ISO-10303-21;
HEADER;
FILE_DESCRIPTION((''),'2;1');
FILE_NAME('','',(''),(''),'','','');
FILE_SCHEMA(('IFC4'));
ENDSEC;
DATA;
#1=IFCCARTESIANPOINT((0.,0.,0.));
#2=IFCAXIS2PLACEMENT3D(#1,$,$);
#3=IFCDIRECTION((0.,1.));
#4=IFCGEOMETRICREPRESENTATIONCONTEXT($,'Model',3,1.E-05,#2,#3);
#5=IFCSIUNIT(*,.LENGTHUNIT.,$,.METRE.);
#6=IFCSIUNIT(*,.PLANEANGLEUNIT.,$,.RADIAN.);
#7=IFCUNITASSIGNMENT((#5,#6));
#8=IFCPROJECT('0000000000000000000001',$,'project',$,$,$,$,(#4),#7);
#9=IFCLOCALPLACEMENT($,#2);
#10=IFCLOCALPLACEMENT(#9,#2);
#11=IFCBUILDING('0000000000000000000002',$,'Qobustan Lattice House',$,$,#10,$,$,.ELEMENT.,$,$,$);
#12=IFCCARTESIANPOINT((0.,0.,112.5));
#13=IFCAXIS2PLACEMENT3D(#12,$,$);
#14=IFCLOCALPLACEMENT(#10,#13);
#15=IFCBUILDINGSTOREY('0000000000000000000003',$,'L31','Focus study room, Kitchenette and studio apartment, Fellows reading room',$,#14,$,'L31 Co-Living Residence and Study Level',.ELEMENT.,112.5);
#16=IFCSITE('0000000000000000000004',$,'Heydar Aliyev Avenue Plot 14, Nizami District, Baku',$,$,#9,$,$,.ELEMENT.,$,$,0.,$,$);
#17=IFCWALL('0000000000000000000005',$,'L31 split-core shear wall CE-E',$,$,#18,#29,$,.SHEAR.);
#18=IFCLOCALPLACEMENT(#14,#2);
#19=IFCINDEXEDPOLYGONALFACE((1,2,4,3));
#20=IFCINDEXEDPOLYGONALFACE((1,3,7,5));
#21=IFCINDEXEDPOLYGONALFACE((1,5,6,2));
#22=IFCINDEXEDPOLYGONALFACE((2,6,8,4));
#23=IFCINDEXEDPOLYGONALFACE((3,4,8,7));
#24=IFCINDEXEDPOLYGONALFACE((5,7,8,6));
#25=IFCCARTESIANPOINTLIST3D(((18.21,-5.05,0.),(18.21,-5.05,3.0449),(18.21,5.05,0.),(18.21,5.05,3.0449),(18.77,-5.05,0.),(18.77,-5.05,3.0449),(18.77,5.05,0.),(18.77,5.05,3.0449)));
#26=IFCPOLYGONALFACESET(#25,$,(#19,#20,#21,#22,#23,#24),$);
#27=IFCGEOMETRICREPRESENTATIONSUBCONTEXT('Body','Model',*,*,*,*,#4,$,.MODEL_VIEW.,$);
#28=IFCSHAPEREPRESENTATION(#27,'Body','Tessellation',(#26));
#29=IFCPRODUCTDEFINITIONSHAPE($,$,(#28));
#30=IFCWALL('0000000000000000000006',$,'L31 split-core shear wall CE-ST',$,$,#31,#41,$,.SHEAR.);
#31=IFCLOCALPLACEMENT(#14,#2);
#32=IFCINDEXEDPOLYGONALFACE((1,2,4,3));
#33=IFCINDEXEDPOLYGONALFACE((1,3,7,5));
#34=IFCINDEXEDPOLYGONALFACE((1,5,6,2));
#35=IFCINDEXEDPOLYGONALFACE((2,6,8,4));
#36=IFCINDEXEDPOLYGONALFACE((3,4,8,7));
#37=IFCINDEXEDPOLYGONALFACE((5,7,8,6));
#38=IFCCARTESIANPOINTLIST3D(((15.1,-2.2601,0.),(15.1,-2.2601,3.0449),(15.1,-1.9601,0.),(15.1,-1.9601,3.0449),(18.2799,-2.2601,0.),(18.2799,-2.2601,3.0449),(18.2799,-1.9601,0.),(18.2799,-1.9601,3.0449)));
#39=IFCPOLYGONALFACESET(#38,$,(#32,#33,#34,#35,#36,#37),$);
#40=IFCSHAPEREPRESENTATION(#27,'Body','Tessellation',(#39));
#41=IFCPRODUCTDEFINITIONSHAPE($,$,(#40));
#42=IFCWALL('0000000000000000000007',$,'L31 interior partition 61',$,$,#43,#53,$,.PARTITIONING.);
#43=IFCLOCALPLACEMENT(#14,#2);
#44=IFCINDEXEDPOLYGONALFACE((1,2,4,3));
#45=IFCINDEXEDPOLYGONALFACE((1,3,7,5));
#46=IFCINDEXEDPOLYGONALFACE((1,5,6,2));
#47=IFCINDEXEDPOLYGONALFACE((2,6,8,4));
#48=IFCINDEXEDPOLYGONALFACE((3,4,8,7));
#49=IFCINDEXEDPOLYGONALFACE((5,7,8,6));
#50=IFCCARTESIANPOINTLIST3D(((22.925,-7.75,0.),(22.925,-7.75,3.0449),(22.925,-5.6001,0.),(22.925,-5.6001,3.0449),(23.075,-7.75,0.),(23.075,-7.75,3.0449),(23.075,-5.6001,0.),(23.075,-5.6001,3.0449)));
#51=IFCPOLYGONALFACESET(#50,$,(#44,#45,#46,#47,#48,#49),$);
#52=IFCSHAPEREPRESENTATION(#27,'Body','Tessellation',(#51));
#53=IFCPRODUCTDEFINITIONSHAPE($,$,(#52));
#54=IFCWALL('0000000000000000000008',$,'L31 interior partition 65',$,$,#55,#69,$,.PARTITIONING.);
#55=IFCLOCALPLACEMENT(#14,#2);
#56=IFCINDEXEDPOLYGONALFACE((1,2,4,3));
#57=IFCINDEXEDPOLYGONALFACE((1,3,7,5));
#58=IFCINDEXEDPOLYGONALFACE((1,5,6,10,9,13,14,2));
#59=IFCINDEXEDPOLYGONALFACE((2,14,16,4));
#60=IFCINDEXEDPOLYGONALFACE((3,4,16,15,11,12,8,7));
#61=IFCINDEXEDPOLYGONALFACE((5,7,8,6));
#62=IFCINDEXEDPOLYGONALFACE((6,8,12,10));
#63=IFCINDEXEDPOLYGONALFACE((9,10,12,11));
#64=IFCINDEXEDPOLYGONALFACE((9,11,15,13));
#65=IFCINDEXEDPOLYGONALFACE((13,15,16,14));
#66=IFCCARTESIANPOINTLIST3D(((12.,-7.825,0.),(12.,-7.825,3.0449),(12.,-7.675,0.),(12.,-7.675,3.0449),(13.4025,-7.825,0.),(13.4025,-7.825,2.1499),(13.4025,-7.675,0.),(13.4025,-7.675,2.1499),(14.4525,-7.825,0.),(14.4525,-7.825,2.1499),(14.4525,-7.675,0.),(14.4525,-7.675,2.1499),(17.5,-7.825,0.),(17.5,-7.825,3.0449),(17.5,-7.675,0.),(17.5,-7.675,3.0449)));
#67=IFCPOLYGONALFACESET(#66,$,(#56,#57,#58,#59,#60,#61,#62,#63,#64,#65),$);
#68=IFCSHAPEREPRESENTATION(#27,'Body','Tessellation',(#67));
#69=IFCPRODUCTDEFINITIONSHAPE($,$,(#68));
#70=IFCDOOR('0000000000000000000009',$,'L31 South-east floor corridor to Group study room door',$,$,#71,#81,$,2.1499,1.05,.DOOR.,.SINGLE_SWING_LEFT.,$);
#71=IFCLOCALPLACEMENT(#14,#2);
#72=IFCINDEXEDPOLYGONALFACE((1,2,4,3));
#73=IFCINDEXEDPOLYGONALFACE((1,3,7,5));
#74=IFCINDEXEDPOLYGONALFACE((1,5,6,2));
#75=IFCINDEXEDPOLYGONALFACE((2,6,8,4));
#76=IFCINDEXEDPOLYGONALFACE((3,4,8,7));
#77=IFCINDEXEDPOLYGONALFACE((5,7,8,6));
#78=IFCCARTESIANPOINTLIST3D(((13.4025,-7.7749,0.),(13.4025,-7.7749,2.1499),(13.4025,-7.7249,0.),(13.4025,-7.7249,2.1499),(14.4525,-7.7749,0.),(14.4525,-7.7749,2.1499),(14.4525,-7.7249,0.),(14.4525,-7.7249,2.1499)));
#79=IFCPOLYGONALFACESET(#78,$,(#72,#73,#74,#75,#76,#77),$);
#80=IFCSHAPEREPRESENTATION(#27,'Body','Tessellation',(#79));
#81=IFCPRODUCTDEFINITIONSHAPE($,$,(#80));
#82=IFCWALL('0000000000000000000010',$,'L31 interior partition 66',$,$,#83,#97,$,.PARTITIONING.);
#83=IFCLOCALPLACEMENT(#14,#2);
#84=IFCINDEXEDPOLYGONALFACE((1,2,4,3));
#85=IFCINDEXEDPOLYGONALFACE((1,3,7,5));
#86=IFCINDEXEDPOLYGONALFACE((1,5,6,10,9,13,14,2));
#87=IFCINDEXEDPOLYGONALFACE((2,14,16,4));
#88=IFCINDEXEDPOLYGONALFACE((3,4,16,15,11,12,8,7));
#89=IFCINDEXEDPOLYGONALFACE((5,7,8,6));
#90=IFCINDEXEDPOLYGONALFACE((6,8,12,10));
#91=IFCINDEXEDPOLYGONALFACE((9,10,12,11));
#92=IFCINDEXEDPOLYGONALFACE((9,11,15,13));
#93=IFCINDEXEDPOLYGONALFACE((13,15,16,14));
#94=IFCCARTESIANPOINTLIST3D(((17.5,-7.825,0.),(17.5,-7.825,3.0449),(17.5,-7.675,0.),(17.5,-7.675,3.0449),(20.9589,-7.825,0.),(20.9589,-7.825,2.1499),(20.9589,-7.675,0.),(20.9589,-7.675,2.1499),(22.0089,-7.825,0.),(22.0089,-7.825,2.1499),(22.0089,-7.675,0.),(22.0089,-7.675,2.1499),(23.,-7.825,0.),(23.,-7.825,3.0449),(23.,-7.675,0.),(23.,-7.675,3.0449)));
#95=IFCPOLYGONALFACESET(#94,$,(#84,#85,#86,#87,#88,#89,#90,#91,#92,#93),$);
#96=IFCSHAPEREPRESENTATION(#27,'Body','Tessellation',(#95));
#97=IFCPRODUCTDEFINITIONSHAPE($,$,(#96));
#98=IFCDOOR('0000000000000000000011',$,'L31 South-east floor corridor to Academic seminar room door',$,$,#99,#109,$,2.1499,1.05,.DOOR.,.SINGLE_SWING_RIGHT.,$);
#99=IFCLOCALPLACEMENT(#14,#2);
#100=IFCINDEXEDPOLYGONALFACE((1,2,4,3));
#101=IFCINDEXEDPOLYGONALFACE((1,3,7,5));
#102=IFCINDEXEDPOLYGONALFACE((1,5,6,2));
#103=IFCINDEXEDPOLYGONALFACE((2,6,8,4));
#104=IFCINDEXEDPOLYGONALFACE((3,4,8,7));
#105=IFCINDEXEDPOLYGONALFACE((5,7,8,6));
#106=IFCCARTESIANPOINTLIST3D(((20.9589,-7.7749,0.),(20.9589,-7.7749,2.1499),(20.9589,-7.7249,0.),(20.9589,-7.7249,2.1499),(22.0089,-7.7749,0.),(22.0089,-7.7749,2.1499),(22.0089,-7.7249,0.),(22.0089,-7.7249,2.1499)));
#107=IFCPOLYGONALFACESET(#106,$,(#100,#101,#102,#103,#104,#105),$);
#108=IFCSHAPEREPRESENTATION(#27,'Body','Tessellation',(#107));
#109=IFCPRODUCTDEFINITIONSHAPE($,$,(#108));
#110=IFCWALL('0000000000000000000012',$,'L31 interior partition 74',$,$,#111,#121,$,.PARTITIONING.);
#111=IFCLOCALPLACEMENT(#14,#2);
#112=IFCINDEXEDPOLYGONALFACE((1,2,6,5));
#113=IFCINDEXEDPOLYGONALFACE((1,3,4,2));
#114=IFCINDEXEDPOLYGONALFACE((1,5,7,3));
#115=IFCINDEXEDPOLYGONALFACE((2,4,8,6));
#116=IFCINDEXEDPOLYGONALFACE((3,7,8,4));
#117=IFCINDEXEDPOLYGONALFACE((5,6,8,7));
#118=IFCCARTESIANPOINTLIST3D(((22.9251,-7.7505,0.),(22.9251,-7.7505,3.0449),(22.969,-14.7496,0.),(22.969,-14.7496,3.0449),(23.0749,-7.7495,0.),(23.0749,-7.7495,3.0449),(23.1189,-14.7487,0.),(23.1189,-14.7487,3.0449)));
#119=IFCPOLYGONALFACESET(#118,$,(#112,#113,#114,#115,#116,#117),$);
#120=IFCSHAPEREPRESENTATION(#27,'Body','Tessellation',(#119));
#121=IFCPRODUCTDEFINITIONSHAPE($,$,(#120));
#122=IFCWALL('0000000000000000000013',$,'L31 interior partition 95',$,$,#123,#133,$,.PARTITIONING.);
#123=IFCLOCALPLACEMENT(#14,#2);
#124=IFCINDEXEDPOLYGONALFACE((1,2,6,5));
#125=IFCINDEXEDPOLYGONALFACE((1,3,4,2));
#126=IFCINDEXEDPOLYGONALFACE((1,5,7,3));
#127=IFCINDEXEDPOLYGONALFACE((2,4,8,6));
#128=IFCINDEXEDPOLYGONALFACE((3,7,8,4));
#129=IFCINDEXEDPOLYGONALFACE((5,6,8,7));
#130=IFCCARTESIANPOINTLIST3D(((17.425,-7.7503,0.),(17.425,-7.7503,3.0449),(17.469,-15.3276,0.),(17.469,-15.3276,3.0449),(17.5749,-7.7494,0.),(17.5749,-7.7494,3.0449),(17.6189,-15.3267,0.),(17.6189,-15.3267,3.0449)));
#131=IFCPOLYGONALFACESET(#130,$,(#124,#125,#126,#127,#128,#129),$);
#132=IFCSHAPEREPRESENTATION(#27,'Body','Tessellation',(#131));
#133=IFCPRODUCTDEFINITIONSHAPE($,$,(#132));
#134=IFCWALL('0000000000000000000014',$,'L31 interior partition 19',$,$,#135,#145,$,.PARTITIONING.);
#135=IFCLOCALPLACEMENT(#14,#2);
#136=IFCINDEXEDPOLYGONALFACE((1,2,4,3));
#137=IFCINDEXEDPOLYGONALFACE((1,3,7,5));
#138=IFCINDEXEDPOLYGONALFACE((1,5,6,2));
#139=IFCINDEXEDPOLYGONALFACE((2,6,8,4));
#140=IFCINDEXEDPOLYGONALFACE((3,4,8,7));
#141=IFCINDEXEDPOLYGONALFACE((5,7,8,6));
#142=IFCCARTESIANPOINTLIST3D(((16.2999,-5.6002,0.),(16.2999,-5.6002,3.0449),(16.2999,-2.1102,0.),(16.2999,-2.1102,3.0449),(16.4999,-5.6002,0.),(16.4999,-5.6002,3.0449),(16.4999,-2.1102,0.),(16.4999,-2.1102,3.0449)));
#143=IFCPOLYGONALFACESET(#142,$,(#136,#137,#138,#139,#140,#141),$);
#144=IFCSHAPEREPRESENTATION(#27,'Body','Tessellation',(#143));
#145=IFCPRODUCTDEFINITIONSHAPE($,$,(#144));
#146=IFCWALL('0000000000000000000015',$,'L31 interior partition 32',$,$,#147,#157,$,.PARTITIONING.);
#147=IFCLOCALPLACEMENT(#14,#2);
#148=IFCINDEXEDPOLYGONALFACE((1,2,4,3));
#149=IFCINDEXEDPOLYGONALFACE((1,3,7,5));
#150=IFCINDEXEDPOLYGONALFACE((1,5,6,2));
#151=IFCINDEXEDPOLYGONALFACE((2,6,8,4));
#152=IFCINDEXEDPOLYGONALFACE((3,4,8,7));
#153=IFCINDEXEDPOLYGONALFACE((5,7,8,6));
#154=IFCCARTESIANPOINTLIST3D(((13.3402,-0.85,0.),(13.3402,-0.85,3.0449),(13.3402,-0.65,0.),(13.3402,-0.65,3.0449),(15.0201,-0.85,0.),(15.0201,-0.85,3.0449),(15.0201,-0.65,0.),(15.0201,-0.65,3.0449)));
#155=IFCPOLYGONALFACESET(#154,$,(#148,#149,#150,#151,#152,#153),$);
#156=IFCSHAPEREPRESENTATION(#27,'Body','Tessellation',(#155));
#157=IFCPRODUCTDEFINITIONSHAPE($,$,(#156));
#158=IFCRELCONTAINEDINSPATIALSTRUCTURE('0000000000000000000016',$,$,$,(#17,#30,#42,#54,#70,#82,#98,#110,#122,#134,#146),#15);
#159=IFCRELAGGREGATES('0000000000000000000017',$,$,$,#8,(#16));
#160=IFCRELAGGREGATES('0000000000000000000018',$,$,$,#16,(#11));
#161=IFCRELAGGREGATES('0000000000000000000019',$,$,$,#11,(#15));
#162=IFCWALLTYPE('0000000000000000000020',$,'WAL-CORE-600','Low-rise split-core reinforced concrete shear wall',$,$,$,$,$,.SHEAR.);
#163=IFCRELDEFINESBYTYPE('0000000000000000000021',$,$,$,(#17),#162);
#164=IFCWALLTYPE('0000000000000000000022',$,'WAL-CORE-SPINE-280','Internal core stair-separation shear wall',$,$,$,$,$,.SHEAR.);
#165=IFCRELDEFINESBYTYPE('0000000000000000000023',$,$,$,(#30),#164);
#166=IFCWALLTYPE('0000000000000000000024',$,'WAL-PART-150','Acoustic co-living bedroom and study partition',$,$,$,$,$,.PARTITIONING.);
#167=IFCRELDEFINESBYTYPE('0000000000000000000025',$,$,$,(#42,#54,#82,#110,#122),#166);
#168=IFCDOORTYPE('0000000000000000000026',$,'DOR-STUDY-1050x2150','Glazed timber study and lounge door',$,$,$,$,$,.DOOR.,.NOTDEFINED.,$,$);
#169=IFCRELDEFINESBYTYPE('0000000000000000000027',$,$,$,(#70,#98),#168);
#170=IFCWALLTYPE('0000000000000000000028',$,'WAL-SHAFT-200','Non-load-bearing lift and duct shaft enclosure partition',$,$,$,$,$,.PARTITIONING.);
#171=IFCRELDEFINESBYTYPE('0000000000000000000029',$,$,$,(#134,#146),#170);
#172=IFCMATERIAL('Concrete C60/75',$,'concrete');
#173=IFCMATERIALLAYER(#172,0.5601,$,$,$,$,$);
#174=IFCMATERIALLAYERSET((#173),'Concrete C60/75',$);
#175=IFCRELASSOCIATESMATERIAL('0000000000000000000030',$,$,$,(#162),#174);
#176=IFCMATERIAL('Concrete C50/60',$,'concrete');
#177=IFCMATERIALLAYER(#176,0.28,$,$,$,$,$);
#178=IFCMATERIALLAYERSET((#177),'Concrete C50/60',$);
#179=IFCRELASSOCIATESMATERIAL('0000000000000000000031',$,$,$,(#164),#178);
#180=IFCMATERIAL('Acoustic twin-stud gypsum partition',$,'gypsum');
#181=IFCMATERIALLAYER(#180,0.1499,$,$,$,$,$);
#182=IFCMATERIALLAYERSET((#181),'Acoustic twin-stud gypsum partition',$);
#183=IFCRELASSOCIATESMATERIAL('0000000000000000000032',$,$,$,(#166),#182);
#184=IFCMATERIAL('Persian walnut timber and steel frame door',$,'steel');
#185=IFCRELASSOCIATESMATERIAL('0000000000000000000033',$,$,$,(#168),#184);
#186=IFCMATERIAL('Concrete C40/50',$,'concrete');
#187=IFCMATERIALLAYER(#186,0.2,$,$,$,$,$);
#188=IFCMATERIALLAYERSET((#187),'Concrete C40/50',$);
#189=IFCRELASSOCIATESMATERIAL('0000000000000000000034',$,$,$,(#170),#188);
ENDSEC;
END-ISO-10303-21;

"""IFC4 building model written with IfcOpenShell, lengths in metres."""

from ifc_helpers import new_model, si_unit, direction, frame, frame_2d, origin, place, context, subcontext, project, spatial, rectangle, extrude, material, layer, layer_set, type_object, element, fill, save


model = new_model("IFC4")

# Units and contexts
model_context = context("Model", 3, precision=1e-05, world=origin(), true_north=direction((0.0, 1.0)))
body_context = subcontext(model_context, "Body", "Model", "MODEL_VIEW")
ifc_project = project(units=[si_unit("LENGTHUNIT", "METRE"), si_unit("PLANEANGLEUNIT", "RADIAN")], contexts=[model_context])

# Site, building, storey
site_placement = place(None, origin())
site = spatial("IfcSite", under=ifc_project, at=site_placement, Name="Heydar Aliyev Avenue Plot 14, Nizami District, Baku", CompositionType="ELEMENT", RefElevation=0.0)
building_placement = place(site_placement, origin())
building = spatial("IfcBuilding", under=site, at=building_placement, Name="Qobustan Lattice House", CompositionType="ELEMENT")
storey_placement = place(building_placement, frame((0.0, 0.0, 112.5)))
storey = spatial("IfcBuildingStorey", under=building, at=storey_placement, Name="L31", Description="Focus study room, Kitchenette and studio apartment, Fellows reading room", LongName="L31 Co-Living Residence and Study Level", CompositionType="ELEMENT", Elevation=112.5)

# Walls
ifc_material_1 = material(Name="Concrete C60/75", Category="concrete")
ifc_layer_1 = layer(ifc_material_1, 0.5601)
ifc_layer_set_1 = layer_set([ifc_layer_1], Name="Concrete C60/75")
wall_type_1 = type_object("IfcWallType", Name="WAL-CORE-600", Description="Low-rise split-core reinforced concrete shear wall", PredefinedType="SHEAR", material=ifc_layer_set_1)
wall_1_placement = place(storey_placement, frame((18.49, -5.05, 0.0), z_axis=(0.0, 0.0, 1.0), x_axis=(0.0, 1.0, 0.0)))
element("IfcWall", 1, at=wall_1_placement, inside=storey, type_object=wall_type_1, Name="L31 split-core shear wall CE-E", PredefinedType="SHEAR", context=body_context, shape_type="SweptSolid", body=[
    extrude(rectangle(XDim=10.1001, YDim=0.5601, at=frame_2d((5.05, 0.0))), origin(), (0.0, 0.0, 1.0), 3.0449),
])
ifc_material_2 = material(Name="Concrete C50/60", Category="concrete")
ifc_layer_2 = layer(ifc_material_2, 0.28)
ifc_layer_set_2 = layer_set([ifc_layer_2], Name="Concrete C50/60")
wall_type_2 = type_object("IfcWallType", Name="WAL-CORE-SPINE-280", Description="Internal core stair-separation shear wall", PredefinedType="SHEAR", material=ifc_layer_set_2)
wall_2_placement = place(storey_placement, frame((15.1001, -2.1101, 0.0), z_axis=(0.0, 0.0, 1.0), x_axis=(1.0, 0.0, 0.0)))
element("IfcWall", 2, at=wall_2_placement, inside=storey, type_object=wall_type_2, Name="L31 split-core shear wall CE-ST", PredefinedType="SHEAR", context=body_context, shape_type="SweptSolid", body=[
    extrude(rectangle(XDim=3.1799, YDim=0.3, at=frame_2d((1.5898, 0.0))), origin(), (0.0, 0.0, 1.0), 3.0449),
])

# Shared definitions
ifc_material_3 = material(Name="Acoustic twin-stud gypsum partition", Category="gypsum")
ifc_layer_3 = layer(ifc_material_3, 0.1499)
ifc_layer_set_3 = layer_set([ifc_layer_3], Name="Acoustic twin-stud gypsum partition")
wall_type_3 = type_object("IfcWallType", Name="WAL-PART-150", Description="Acoustic co-living bedroom and study partition", PredefinedType="PARTITIONING", material=ifc_layer_set_3)
ifc_material_4 = material(Name="Persian walnut timber and steel frame door", Category="steel")
door_type = type_object("IfcDoorType", Name="DOR-STUDY-1050x2150", Description="Glazed timber study and lounge door", OperationType="NOTDEFINED", PredefinedType="DOOR", material=ifc_material_4)

# Wall
wall_3_placement = place(storey_placement, frame((23.0, -5.6001, 0.0), z_axis=(0.0, 0.0, 1.0), x_axis=(0.0, -1.0, 0.0)))
element("IfcWall", 3, at=wall_3_placement, inside=storey, type_object=wall_type_3, Name="L31 interior partition 61", PredefinedType="PARTITIONING", context=body_context, shape_type="SweptSolid", body=[
    extrude(rectangle(XDim=2.1499, YDim=0.1499, at=frame_2d((1.075, 0.0))), origin(), (0.0, 0.0, 1.0), 3.0449),
])

# Walls, openings, doors
wall_4_placement = place(storey_placement, frame((17.5, -7.75, 0.0), z_axis=(0.0, 0.0, 1.0), x_axis=(-1.0, 0.0, 0.0)))
wall_4 = element("IfcWall", 4, at=wall_4_placement, inside=storey, type_object=wall_type_3, Name="L31 interior partition 65", PredefinedType="PARTITIONING", context=body_context, shape_type="SweptSolid", body=[
    extrude(rectangle(XDim=5.5, YDim=0.1499, at=frame_2d((2.75, 0.0))), origin(), (0.0, 0.0, 1.0), 3.0449),
])
opening_1_placement = place(wall_4_placement, frame((3.0476, 0.0, 0.0)))
opening_1 = element("IfcOpeningElement", 5, at=opening_1_placement, cuts=wall_4, PredefinedType="OPENING", context=body_context, shape_type="SweptSolid", body=[
    extrude(rectangle(XDim=1.05, YDim=2.1499, at=frame_2d((0.5249, 1.075))), frame((0.0, 0.085, 0.0), z_axis=(0.0, -1.0, 0.0), x_axis=(1.0, 0.0, 0.0)), (0.0, 0.0, 1.0), 0.1699),
])
door_1_placement = place(opening_1_placement, origin())
door_1 = element("IfcDoor", 6, at=door_1_placement, inside=storey, type_object=door_type, Name="L31 South-east floor corridor to Group study room door", OperationType="SINGLE_SWING_LEFT", OverallHeight=2.1499, OverallWidth=1.05, PredefinedType="DOOR", context=body_context, shape_type="SweptSolid", body=[
    extrude(rectangle(XDim=1.05, YDim=2.1499, at=frame_2d((0.5249, 1.075))), frame((0.0, 0.0249, 0.0), z_axis=(0.0, -1.0, 0.0), x_axis=(1.0, 0.0, 0.0)), (0.0, 0.0, 1.0), 0.05),
])
fill(opening_1, door_1)
wall_5_placement = place(storey_placement, frame((23.0, -7.75, 0.0), z_axis=(0.0, 0.0, 1.0), x_axis=(-1.0, 0.0, 0.0)))
wall_5 = element("IfcWall", 7, at=wall_5_placement, inside=storey, type_object=wall_type_3, Name="L31 interior partition 66", PredefinedType="PARTITIONING", context=body_context, shape_type="SweptSolid", body=[
    extrude(rectangle(XDim=5.5, YDim=0.1499, at=frame_2d((2.75, 0.0))), origin(), (0.0, 0.0, 1.0), 3.0449),
])
opening_2_placement = place(wall_5_placement, frame((0.9912, 0.0, 0.0)))
opening_2 = element("IfcOpeningElement", 8, at=opening_2_placement, cuts=wall_5, PredefinedType="OPENING", context=body_context, shape_type="SweptSolid", body=[
    extrude(rectangle(XDim=1.05, YDim=2.1499, at=frame_2d((0.5249, 1.075))), frame((0.0, 0.085, 0.0), z_axis=(0.0, -1.0, 0.0), x_axis=(1.0, 0.0, 0.0)), (0.0, 0.0, 1.0), 0.1699),
])
door_2_placement = place(opening_2_placement, origin())
door_2 = element("IfcDoor", 9, at=door_2_placement, inside=storey, type_object=door_type, Name="L31 South-east floor corridor to Academic seminar room door", OperationType="SINGLE_SWING_RIGHT", OverallHeight=2.1499, OverallWidth=1.05, PredefinedType="DOOR", context=body_context, shape_type="SweptSolid", body=[
    extrude(rectangle(XDim=1.05, YDim=2.1499, at=frame_2d((0.5249, 1.075))), frame((0.0, 0.0249, 0.0), z_axis=(0.0, -1.0, 0.0), x_axis=(1.0, 0.0, 0.0)), (0.0, 0.0, 1.0), 0.05),
])
fill(opening_2, door_2)

# Walls
wall_6_placement = place(storey_placement, frame((23.0439, -14.749, 0.0), z_axis=(0.0, 0.0, 1.0), x_axis=(-0.006279, 0.99998, 0.0)))
element("IfcWall", 10, at=wall_6_placement, inside=storey, type_object=wall_type_3, Name="L31 interior partition 74", PredefinedType="PARTITIONING", context=body_context, shape_type="SweptSolid", body=[
    extrude(rectangle(XDim=6.9993, YDim=0.1499, at=frame_2d((3.4995, 0.0))), origin(), (0.0, 0.0, 1.0), 3.0449),
])
wall_7_placement = place(storey_placement, frame((17.5, -7.75, 0.0), z_axis=(0.0, 0.0, 1.0), x_axis=(0.0058, -0.999983, 0.0)))
element("IfcWall", 11, at=wall_7_placement, inside=storey, type_object=wall_type_3, Name="L31 interior partition 95", PredefinedType="PARTITIONING", context=body_context, shape_type="SweptSolid", body=[
    extrude(rectangle(XDim=7.5774, YDim=0.1499, at=frame_2d((3.7886, 0.0))), origin(), (0.0, 0.0, 1.0), 3.0449),
])
ifc_material_5 = material(Name="Concrete C40/50", Category="concrete")
ifc_layer_4 = layer(ifc_material_5, 0.2)
ifc_layer_set_4 = layer_set([ifc_layer_4], Name="Concrete C40/50")
wall_type_4 = type_object("IfcWallType", Name="WAL-SHAFT-200", Description="Non-load-bearing lift and duct shaft enclosure partition", PredefinedType="PARTITIONING", material=ifc_layer_set_4)
wall_8_placement = place(storey_placement, frame((16.3999, -2.1101, 0.0), z_axis=(0.0, 0.0, 1.0), x_axis=(0.0, -1.0, 0.0)))
element("IfcWall", 12, at=wall_8_placement, inside=storey, type_object=wall_type_4, Name="L31 interior partition 19", PredefinedType="PARTITIONING", context=body_context, shape_type="SweptSolid", body=[
    extrude(rectangle(XDim=3.49, YDim=0.2, at=frame_2d((1.7451, 0.0))), origin(), (0.0, 0.0, 1.0), 3.0449),
])
wall_9_placement = place(storey_placement, frame((15.02, -0.75, 0.0), z_axis=(0.0, 0.0, 1.0), x_axis=(-1.0, 0.0, 0.0)))
element("IfcWall", 13, at=wall_9_placement, inside=storey, type_object=wall_type_4, Name="L31 interior partition 32", PredefinedType="PARTITIONING", context=body_context, shape_type="SweptSolid", body=[
    extrude(rectangle(XDim=1.6799, YDim=0.2, at=frame_2d((0.8398, 0.0))), origin(), (0.0, 0.0, 1.0), 3.0449),
])

save(model, "model.ifc")
